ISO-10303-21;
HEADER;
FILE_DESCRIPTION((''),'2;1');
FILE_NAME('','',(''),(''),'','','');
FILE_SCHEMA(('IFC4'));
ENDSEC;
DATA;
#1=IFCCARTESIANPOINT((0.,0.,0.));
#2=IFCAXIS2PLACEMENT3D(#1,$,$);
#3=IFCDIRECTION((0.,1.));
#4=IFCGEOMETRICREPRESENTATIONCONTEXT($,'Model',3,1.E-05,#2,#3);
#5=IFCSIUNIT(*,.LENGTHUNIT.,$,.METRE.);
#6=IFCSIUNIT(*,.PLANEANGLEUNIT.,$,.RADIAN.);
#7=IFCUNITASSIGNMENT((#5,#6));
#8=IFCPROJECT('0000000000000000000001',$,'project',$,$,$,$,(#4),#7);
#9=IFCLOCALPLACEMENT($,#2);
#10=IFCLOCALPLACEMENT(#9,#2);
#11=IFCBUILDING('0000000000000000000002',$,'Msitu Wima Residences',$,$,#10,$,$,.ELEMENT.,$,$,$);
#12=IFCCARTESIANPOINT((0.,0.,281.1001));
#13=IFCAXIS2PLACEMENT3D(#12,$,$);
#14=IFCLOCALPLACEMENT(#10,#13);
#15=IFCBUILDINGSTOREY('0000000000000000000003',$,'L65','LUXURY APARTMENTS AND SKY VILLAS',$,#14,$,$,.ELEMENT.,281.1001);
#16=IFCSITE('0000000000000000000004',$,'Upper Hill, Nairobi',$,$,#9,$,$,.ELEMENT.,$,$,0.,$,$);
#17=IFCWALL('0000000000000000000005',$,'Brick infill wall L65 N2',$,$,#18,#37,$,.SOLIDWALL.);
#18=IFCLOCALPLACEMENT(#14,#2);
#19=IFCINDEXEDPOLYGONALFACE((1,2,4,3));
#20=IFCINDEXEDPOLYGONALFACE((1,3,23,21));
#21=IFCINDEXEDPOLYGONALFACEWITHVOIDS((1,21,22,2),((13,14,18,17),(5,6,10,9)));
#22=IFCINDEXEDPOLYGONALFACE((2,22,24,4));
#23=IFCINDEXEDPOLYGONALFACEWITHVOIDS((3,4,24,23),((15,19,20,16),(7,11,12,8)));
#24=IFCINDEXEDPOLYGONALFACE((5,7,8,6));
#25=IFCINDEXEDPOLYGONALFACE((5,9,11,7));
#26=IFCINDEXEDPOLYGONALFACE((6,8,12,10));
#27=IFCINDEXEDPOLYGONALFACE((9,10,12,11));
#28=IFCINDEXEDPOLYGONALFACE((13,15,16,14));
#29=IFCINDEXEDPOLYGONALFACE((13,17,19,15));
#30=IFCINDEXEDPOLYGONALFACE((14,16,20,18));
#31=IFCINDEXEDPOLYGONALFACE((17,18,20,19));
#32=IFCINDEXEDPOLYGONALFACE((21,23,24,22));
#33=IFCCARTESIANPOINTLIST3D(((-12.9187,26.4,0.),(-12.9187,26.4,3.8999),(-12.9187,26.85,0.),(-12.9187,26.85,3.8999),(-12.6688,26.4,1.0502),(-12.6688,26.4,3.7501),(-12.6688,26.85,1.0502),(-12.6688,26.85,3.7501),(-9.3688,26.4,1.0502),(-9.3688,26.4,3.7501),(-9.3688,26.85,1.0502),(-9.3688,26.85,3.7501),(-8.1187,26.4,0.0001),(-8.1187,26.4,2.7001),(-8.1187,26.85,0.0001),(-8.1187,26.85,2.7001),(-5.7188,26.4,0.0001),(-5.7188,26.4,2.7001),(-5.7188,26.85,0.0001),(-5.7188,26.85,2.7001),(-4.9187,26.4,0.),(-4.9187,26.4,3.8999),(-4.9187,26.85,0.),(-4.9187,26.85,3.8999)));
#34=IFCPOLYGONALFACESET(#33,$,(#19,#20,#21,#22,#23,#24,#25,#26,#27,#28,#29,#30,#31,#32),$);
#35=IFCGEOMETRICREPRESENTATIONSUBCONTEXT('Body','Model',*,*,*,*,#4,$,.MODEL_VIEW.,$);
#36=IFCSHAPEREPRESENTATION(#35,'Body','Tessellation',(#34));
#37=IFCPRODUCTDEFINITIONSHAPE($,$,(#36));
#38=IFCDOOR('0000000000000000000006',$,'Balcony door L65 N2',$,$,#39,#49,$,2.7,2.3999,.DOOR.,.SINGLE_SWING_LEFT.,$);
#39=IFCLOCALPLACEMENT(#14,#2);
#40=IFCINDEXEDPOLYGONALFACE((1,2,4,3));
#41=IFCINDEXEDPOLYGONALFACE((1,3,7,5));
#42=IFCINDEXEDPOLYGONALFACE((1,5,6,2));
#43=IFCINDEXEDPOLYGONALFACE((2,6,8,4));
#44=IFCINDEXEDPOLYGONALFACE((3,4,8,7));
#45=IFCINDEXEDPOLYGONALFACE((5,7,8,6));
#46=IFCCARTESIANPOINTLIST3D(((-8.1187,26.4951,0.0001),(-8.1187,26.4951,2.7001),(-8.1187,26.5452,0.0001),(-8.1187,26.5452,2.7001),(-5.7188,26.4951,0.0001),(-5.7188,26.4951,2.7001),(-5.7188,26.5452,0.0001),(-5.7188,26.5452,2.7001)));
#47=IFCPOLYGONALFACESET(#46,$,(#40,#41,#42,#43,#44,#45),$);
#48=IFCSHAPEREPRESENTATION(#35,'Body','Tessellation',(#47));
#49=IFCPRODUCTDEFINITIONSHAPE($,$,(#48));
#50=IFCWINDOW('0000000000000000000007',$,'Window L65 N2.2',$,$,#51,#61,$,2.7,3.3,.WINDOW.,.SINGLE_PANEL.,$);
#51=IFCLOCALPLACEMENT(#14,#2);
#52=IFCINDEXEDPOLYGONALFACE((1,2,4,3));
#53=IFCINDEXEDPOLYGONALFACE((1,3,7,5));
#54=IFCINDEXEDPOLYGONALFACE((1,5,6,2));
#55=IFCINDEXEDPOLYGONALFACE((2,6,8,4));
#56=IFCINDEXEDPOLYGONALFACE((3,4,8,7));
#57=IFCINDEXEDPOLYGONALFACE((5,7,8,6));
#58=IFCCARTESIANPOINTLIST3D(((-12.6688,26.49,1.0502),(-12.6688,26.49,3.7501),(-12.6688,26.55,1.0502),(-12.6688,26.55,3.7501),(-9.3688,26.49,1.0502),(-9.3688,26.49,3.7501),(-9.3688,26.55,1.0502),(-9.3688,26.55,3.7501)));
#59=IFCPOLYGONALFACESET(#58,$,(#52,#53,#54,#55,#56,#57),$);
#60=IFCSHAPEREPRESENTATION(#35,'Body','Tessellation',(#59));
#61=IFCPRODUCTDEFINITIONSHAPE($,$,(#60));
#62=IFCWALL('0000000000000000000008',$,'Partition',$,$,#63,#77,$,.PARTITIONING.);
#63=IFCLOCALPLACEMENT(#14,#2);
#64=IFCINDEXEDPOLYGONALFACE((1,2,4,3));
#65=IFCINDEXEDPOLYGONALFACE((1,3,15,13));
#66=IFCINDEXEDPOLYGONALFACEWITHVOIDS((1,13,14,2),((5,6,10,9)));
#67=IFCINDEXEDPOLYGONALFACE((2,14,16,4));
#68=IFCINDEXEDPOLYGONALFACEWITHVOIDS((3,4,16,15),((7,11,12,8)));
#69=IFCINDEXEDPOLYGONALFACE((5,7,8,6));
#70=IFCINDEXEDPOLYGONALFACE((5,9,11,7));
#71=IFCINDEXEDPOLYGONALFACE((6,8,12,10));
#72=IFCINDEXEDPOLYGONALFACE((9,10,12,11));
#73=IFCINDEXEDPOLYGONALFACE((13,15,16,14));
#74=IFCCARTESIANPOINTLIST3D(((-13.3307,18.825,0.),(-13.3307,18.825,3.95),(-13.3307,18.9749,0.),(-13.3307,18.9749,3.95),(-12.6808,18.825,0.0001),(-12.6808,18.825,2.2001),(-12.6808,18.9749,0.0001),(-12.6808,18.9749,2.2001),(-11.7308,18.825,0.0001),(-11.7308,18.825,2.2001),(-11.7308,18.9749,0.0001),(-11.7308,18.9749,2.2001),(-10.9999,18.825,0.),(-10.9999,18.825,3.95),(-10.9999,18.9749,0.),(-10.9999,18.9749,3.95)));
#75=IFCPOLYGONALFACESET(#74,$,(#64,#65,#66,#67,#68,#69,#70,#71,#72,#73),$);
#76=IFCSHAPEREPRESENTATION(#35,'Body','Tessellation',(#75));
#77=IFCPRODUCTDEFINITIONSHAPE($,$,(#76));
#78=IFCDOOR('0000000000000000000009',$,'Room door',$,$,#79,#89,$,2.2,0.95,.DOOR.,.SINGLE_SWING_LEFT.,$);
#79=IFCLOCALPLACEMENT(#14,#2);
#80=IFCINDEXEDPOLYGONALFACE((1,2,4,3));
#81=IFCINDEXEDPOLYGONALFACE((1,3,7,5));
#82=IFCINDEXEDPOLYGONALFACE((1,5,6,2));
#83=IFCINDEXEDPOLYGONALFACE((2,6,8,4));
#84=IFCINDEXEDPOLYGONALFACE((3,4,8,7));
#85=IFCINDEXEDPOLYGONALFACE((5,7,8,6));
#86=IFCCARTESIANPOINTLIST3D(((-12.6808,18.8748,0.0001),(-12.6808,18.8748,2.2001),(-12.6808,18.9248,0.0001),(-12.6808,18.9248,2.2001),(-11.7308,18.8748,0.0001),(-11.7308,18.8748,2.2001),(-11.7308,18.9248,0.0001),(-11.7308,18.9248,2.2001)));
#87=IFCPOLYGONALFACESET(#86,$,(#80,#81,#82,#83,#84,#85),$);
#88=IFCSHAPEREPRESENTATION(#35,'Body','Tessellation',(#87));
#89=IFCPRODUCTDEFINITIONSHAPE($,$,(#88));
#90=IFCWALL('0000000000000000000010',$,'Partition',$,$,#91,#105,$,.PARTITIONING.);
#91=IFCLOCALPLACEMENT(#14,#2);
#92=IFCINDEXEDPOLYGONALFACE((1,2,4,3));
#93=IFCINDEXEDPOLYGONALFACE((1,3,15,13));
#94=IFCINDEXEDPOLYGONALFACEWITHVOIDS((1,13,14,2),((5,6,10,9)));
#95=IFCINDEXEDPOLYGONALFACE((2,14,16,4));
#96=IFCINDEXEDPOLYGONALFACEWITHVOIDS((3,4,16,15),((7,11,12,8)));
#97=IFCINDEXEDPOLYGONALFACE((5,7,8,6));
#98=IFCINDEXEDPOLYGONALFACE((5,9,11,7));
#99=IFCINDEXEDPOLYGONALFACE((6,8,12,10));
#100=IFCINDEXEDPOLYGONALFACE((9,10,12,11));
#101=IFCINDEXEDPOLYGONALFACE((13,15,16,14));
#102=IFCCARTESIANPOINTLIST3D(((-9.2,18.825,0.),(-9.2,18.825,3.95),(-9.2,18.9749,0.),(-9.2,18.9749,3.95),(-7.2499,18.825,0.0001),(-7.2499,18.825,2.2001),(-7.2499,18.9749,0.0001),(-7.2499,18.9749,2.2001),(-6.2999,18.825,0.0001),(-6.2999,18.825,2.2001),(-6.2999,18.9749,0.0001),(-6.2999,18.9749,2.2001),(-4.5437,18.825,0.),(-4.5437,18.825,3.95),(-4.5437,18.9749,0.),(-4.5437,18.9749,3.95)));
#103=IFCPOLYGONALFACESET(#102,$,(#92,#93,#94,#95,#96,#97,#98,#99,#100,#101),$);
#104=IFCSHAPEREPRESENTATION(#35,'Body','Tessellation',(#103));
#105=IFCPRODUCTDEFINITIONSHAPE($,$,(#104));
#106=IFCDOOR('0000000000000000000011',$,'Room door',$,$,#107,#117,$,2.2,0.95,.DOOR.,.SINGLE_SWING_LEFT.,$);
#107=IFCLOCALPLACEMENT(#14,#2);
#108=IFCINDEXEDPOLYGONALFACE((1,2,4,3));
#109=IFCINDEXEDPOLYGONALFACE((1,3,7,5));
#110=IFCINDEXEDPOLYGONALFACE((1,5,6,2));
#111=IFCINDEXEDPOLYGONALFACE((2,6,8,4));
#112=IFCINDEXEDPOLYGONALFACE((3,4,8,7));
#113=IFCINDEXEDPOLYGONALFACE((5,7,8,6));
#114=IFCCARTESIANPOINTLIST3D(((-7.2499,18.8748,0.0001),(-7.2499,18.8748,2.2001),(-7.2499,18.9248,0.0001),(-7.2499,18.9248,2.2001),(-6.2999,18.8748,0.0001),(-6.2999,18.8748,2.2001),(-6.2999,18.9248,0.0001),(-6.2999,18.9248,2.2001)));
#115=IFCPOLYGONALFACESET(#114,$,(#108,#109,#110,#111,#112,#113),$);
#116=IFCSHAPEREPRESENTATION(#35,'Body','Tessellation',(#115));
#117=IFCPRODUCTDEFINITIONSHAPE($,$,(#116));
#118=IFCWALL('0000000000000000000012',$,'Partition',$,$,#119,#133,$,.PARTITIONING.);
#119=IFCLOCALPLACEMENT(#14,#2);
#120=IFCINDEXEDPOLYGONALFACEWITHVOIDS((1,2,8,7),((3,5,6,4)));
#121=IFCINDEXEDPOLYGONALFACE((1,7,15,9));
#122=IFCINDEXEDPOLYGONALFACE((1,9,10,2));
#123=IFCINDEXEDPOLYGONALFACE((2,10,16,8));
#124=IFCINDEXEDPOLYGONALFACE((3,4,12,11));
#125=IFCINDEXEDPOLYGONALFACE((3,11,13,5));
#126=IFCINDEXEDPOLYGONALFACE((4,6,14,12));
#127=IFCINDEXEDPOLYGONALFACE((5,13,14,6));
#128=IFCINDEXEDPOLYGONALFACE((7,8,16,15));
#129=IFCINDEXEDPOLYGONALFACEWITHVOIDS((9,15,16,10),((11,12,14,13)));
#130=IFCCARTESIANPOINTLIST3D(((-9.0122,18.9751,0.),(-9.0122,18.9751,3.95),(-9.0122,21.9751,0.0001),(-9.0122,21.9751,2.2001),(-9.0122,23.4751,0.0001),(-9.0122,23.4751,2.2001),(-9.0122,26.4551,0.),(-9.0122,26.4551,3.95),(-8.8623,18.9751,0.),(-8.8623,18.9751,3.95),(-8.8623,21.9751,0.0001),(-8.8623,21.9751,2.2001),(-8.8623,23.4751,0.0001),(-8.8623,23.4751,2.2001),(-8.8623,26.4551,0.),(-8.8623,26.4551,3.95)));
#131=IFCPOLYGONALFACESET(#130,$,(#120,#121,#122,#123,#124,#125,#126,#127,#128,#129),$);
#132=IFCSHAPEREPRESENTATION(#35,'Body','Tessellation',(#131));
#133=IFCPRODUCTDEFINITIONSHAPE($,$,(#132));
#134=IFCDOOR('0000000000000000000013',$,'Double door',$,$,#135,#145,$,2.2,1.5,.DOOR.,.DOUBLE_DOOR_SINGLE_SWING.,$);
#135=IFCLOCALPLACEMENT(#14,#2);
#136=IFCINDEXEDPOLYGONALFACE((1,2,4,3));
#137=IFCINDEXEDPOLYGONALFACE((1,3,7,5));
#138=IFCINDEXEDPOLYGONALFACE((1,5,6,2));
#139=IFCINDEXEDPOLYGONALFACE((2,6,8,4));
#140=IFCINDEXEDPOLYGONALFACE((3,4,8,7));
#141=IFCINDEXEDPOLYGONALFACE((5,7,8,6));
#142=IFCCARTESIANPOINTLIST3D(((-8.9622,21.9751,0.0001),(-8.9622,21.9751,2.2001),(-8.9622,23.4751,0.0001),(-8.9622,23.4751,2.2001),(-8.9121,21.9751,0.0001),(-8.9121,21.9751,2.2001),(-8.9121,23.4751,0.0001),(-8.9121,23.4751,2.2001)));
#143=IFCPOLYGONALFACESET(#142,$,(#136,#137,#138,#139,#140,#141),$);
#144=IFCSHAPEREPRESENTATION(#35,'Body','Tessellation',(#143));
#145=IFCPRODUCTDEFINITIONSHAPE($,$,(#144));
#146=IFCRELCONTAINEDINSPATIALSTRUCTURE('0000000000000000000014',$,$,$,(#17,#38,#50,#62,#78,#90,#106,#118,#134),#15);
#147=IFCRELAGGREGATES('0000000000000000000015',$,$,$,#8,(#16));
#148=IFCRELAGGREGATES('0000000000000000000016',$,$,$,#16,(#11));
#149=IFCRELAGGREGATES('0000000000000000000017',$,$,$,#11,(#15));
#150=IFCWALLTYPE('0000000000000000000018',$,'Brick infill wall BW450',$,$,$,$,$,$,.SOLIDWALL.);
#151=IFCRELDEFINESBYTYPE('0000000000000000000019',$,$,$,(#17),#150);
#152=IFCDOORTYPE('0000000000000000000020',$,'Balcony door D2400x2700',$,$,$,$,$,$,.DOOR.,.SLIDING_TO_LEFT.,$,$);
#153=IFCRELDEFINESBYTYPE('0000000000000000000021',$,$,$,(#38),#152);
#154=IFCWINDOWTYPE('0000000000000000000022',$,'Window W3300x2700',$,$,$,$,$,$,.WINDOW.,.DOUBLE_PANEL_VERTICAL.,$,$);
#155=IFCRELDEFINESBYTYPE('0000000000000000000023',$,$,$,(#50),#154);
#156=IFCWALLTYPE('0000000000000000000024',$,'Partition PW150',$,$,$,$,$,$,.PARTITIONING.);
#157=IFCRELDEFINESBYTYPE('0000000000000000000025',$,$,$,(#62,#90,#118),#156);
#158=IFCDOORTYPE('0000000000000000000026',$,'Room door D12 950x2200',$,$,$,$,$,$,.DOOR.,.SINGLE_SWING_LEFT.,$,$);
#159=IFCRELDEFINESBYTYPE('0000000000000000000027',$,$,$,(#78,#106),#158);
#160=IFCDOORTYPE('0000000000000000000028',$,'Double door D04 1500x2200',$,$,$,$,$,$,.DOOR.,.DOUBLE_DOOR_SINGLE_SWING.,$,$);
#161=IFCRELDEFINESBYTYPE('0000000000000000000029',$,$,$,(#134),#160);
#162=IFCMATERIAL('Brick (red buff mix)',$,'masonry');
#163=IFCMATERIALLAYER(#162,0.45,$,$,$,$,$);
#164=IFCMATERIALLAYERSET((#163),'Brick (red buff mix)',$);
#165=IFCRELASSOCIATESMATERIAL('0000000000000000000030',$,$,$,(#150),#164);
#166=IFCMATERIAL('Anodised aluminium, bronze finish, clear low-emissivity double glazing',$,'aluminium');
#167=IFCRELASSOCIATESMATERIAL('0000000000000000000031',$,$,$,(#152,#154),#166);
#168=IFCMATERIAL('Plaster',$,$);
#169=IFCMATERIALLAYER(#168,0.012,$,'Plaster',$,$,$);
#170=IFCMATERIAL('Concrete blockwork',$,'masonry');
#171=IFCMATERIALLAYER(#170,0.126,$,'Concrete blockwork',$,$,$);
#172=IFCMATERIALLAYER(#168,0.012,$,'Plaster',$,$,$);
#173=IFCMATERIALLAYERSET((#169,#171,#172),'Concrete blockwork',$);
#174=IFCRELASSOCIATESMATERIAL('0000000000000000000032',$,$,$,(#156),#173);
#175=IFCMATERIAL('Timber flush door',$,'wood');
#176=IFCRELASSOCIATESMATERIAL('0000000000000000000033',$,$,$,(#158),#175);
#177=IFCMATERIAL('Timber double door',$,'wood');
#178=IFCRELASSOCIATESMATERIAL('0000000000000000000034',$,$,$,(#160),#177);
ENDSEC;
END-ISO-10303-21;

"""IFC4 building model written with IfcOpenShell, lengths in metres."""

from ifc_helpers import new_model, si_unit, direction, frame, frame_2d, origin, place, context, subcontext, project, spatial, rectangle, extrude, material, layer, layer_set, type_object, element, fill, save


model = new_model("IFC4")

# Units and contexts
model_context = context("Model", 3, precision=1e-05, world=origin(), true_north=direction((0.0, 1.0)))
body_context = subcontext(model_context, "Body", "Model", "MODEL_VIEW")
ifc_project = project(units=[si_unit("LENGTHUNIT", "METRE"), si_unit("PLANEANGLEUNIT", "RADIAN")], contexts=[model_context])

# Site, building, storey
site_placement = place(None, origin())
site = spatial("IfcSite", under=ifc_project, at=site_placement, Name="Upper Hill, Nairobi", CompositionType="ELEMENT", RefElevation=0.0)
building_placement = place(site_placement, origin())
building = spatial("IfcBuilding", under=site, at=building_placement, Name="Msitu Wima Residences", CompositionType="ELEMENT")
storey_placement = place(building_placement, frame((0.0, 0.0, 281.1001)))
storey = spatial("IfcBuildingStorey", under=building, at=storey_placement, Name="L65", Description="LUXURY APARTMENTS AND SKY VILLAS", CompositionType="ELEMENT", Elevation=281.1001)

# Wall, openings, door, window
ifc_material_1 = material(Name="Brick (red buff mix)", Category="masonry")
ifc_layer_1 = layer(ifc_material_1, 0.45)
ifc_layer_set_1 = layer_set([ifc_layer_1], Name="Brick (red buff mix)")
wall_type_1 = type_object("IfcWallType", Name="Brick infill wall BW450", PredefinedType="SOLIDWALL", material=ifc_layer_set_1)
wall_1_placement = place(storey_placement, frame((-4.9187, 26.625, 0.0), z_axis=(0.0, 0.0, 1.0), x_axis=(-1.0, 0.0, 0.0)))
wall_1 = element("IfcWall", 1, at=wall_1_placement, inside=storey, type_object=wall_type_1, Name="Brick infill wall L65 N2", PredefinedType="SOLIDWALL", context=body_context, shape_type="SweptSolid", body=[
    extrude(rectangle(XDim=8.0, YDim=0.45, at=frame_2d((4.0, 0.0))), origin(), (0.0, 0.0, 1.0), 3.8999),
])
opening_1_placement = place(wall_1_placement, frame((0.8, 0.0, 0.0)))
opening_1 = element("IfcOpeningElement", 2, at=opening_1_placement, cuts=wall_1, PredefinedType="OPENING", context=body_context, shape_type="SweptSolid", body=[
    extrude(rectangle(XDim=2.3999, YDim=2.7, at=frame_2d((1.2, 1.3501))), frame((0.0, 0.2349, 0.0), z_axis=(0.0, -1.0, 0.0), x_axis=(1.0, 0.0, 0.0)), (0.0, 0.0, 1.0), 0.47),
])
opening_2_placement = place(wall_1_placement, frame((4.4502, 0.0, 1.05)))
opening_2 = element("IfcOpeningElement", 3, at=opening_2_placement, cuts=wall_1, PredefinedType="OPENING", context=body_context, shape_type="SweptSolid", body=[
    extrude(rectangle(XDim=3.3, YDim=2.7, at=frame_2d((1.6499, 1.3501))), frame((0.0, 0.2349, 0.0), z_axis=(0.0, -1.0, 0.0), x_axis=(1.0, 0.0, 0.0)), (0.0, 0.0, 1.0), 0.47),
])
ifc_material_2 = material(Name="Anodised aluminium, bronze finish, clear low-emissivity double glazing", Category="aluminium")
door_type_1 = type_object("IfcDoorType", Name="Balcony door D2400x2700", OperationType="SLIDING_TO_LEFT", PredefinedType="DOOR", material=ifc_material_2)
door_1_placement = place(opening_1_placement, origin())
door_1 = element("IfcDoor", 4, at=door_1_placement, inside=storey, type_object=door_type_1, Name="Balcony door L65 N2", OperationType="SINGLE_SWING_LEFT", OverallHeight=2.7, OverallWidth=2.3999, PredefinedType="DOOR", context=body_context, shape_type="SweptSolid", body=[
    extrude(rectangle(XDim=2.3999, YDim=2.7, at=frame_2d((1.2, 1.3501))), frame((0.0, 0.1299, 0.0), z_axis=(0.0, -1.0, 0.0), x_axis=(1.0, 0.0, 0.0)), (0.0, 0.0, 1.0), 0.05),
])
fill(opening_1, door_1)
window_type = type_object("IfcWindowType", Name="Window W3300x2700", PartitioningType="DOUBLE_PANEL_VERTICAL", PredefinedType="WINDOW", material=ifc_material_2)
window_placement = place(opening_2_placement, origin())
window = element("IfcWindow", 5, at=window_placement, inside=storey, type_object=window_type, Name="Window L65 N2.2", OverallHeight=2.7, OverallWidth=3.3, PartitioningType="SINGLE_PANEL", PredefinedType="WINDOW", context=body_context, shape_type="SweptSolid", body=[
    extrude(rectangle(XDim=3.3, YDim=2.7, at=frame_2d((1.6499, 1.3501))), frame((0.0, 0.135, 0.0), z_axis=(0.0, -1.0, 0.0), x_axis=(1.0, 0.0, 0.0)), (0.0, 0.0, 1.0), 0.0601),
])
fill(opening_2, window)

# Walls, openings, doors
ifc_material_3 = material(Name="Plaster")
ifc_layer_2 = layer(ifc_material_3, 0.012, Name="Plaster")
ifc_material_4 = material(Name="Concrete blockwork", Category="masonry")
ifc_layer_3 = layer(ifc_material_4, 0.126, Name="Concrete blockwork")
ifc_layer_4 = layer(ifc_material_3, 0.012, Name="Plaster")
ifc_layer_set_2 = layer_set([ifc_layer_2, ifc_layer_3, ifc_layer_4], Name="Concrete blockwork")
wall_type_2 = type_object("IfcWallType", Name="Partition PW150", PredefinedType="PARTITIONING", material=ifc_layer_set_2)
wall_2_placement = place(storey_placement, frame((-13.3308, 18.8999, 0.0), z_axis=(0.0, 0.0, 1.0), x_axis=(1.0, 0.0, 0.0)))
wall_2 = element("IfcWall", 6, at=wall_2_placement, inside=storey, type_object=wall_type_2, Name="Partition", PredefinedType="PARTITIONING", context=body_context, shape_type="SweptSolid", body=[
    extrude(rectangle(XDim=2.3308, YDim=0.1499, at=frame_2d((1.1655, 0.0))), origin(), (0.0, 0.0, 1.0), 3.95),
])
opening_3_placement = place(wall_2_placement, frame((0.6499, 0.0, 0.0)))
opening_3 = element("IfcOpeningElement", 7, at=opening_3_placement, cuts=wall_2, PredefinedType="OPENING", context=body_context, shape_type="SweptSolid", body=[
    extrude(rectangle(XDim=0.95, YDim=2.2, at=frame_2d((0.4751, 1.1001))), frame((0.0, 0.085, 0.0), z_axis=(0.0, -1.0, 0.0), x_axis=(1.0, 0.0, 0.0)), (0.0, 0.0, 1.0), 0.1699),
])
ifc_material_5 = material(Name="Timber flush door", Category="wood")
door_type_2 = type_object("IfcDoorType", Name="Room door D12 950x2200", OperationType="SINGLE_SWING_LEFT", PredefinedType="DOOR", material=ifc_material_5)
door_2_placement = place(opening_3_placement, origin())
door_2 = element("IfcDoor", 8, at=door_2_placement, inside=storey, type_object=door_type_2, Name="Room door", OperationType="SINGLE_SWING_LEFT", OverallHeight=2.2, OverallWidth=0.95, PredefinedType="DOOR", context=body_context, shape_type="SweptSolid", body=[
    extrude(rectangle(XDim=0.95, YDim=2.2, at=frame_2d((0.4751, 1.1001))), frame((0.0, 0.0249, 0.0), z_axis=(0.0, -1.0, 0.0), x_axis=(1.0, 0.0, 0.0)), (0.0, 0.0, 1.0), 0.05),
])
fill(opening_3, door_2)
wall_3_placement = place(storey_placement, frame((-9.2, 18.8999, 0.0), z_axis=(0.0, 0.0, 1.0), x_axis=(1.0, 0.0, 0.0)))
wall_3 = element("IfcWall", 9, at=wall_3_placement, inside=storey, type_object=wall_type_2, Name="Partition", PredefinedType="PARTITIONING", context=body_context, shape_type="SweptSolid", body=[
    extrude(rectangle(XDim=4.6562, YDim=0.1499, at=frame_2d((2.3281, 0.0))), origin(), (0.0, 0.0, 1.0), 3.95),
])
opening_4_placement = place(wall_3_placement, frame((1.95, 0.0, 0.0)))
opening_4 = element("IfcOpeningElement", 10, at=opening_4_placement, cuts=wall_3, PredefinedType="OPENING", context=body_context, shape_type="SweptSolid", body=[
    extrude(rectangle(XDim=0.95, YDim=2.2, at=frame_2d((0.4751, 1.1001))), frame((0.0, 0.085, 0.0), z_axis=(0.0, -1.0, 0.0), x_axis=(1.0, 0.0, 0.0)), (0.0, 0.0, 1.0), 0.1699),
])
door_3_placement = place(opening_4_placement, origin())
door_3 = element("IfcDoor", 11, at=door_3_placement, inside=storey, type_object=door_type_2, Name="Room door", OperationType="SINGLE_SWING_LEFT", OverallHeight=2.2, OverallWidth=0.95, PredefinedType="DOOR", context=body_context, shape_type="SweptSolid", body=[
    extrude(rectangle(XDim=0.95, YDim=2.2, at=frame_2d((0.4751, 1.1001))), frame((0.0, 0.0249, 0.0), z_axis=(0.0, -1.0, 0.0), x_axis=(1.0, 0.0, 0.0)), (0.0, 0.0, 1.0), 0.05),
])
fill(opening_4, door_3)
wall_4_placement = place(storey_placement, frame((-8.9373, 18.9751, 0.0), z_axis=(0.0, 0.0, 1.0), x_axis=(0.0, 1.0, 0.0)))
wall_4 = element("IfcWall", 12, at=wall_4_placement, inside=storey, type_object=wall_type_2, Name="Partition", PredefinedType="PARTITIONING", context=body_context, shape_type="SweptSolid", body=[
    extrude(rectangle(XDim=7.48, YDim=0.1499, at=frame_2d((3.74, 0.0))), origin(), (0.0, 0.0, 1.0), 3.95),
])
opening_5_placement = place(wall_4_placement, frame((3.0, 0.0, 0.0)))
opening_5 = element("IfcOpeningElement", 13, at=opening_5_placement, cuts=wall_4, PredefinedType="OPENING", context=body_context, shape_type="SweptSolid", body=[
    extrude(rectangle(XDim=1.5, YDim=2.2, at=frame_2d((0.75, 1.1001))), frame((0.0, 0.085, 0.0), z_axis=(0.0, -1.0, 0.0), x_axis=(1.0, 0.0, 0.0)), (0.0, 0.0, 1.0), 0.1699),
])
ifc_material_6 = material(Name="Timber double door", Category="wood")
door_type_3 = type_object("IfcDoorType", Name="Double door D04 1500x2200", OperationType="DOUBLE_DOOR_SINGLE_SWING", PredefinedType="DOOR", material=ifc_material_6)
door_4_placement = place(opening_5_placement, origin())
door_4 = element("IfcDoor", 14, at=door_4_placement, inside=storey, type_object=door_type_3, Name="Double door", OperationType="DOUBLE_DOOR_SINGLE_SWING", OverallHeight=2.2, OverallWidth=1.5, PredefinedType="DOOR", context=body_context, shape_type="SweptSolid", body=[
    extrude(rectangle(XDim=1.5, YDim=2.2, at=frame_2d((0.75, 1.1001))), frame((0.0, 0.0249, 0.0), z_axis=(0.0, -1.0, 0.0), x_axis=(1.0, 0.0, 0.0)), (0.0, 0.0, 1.0), 0.05),
])
fill(opening_5, door_4)

save(model, "model.ifc")
